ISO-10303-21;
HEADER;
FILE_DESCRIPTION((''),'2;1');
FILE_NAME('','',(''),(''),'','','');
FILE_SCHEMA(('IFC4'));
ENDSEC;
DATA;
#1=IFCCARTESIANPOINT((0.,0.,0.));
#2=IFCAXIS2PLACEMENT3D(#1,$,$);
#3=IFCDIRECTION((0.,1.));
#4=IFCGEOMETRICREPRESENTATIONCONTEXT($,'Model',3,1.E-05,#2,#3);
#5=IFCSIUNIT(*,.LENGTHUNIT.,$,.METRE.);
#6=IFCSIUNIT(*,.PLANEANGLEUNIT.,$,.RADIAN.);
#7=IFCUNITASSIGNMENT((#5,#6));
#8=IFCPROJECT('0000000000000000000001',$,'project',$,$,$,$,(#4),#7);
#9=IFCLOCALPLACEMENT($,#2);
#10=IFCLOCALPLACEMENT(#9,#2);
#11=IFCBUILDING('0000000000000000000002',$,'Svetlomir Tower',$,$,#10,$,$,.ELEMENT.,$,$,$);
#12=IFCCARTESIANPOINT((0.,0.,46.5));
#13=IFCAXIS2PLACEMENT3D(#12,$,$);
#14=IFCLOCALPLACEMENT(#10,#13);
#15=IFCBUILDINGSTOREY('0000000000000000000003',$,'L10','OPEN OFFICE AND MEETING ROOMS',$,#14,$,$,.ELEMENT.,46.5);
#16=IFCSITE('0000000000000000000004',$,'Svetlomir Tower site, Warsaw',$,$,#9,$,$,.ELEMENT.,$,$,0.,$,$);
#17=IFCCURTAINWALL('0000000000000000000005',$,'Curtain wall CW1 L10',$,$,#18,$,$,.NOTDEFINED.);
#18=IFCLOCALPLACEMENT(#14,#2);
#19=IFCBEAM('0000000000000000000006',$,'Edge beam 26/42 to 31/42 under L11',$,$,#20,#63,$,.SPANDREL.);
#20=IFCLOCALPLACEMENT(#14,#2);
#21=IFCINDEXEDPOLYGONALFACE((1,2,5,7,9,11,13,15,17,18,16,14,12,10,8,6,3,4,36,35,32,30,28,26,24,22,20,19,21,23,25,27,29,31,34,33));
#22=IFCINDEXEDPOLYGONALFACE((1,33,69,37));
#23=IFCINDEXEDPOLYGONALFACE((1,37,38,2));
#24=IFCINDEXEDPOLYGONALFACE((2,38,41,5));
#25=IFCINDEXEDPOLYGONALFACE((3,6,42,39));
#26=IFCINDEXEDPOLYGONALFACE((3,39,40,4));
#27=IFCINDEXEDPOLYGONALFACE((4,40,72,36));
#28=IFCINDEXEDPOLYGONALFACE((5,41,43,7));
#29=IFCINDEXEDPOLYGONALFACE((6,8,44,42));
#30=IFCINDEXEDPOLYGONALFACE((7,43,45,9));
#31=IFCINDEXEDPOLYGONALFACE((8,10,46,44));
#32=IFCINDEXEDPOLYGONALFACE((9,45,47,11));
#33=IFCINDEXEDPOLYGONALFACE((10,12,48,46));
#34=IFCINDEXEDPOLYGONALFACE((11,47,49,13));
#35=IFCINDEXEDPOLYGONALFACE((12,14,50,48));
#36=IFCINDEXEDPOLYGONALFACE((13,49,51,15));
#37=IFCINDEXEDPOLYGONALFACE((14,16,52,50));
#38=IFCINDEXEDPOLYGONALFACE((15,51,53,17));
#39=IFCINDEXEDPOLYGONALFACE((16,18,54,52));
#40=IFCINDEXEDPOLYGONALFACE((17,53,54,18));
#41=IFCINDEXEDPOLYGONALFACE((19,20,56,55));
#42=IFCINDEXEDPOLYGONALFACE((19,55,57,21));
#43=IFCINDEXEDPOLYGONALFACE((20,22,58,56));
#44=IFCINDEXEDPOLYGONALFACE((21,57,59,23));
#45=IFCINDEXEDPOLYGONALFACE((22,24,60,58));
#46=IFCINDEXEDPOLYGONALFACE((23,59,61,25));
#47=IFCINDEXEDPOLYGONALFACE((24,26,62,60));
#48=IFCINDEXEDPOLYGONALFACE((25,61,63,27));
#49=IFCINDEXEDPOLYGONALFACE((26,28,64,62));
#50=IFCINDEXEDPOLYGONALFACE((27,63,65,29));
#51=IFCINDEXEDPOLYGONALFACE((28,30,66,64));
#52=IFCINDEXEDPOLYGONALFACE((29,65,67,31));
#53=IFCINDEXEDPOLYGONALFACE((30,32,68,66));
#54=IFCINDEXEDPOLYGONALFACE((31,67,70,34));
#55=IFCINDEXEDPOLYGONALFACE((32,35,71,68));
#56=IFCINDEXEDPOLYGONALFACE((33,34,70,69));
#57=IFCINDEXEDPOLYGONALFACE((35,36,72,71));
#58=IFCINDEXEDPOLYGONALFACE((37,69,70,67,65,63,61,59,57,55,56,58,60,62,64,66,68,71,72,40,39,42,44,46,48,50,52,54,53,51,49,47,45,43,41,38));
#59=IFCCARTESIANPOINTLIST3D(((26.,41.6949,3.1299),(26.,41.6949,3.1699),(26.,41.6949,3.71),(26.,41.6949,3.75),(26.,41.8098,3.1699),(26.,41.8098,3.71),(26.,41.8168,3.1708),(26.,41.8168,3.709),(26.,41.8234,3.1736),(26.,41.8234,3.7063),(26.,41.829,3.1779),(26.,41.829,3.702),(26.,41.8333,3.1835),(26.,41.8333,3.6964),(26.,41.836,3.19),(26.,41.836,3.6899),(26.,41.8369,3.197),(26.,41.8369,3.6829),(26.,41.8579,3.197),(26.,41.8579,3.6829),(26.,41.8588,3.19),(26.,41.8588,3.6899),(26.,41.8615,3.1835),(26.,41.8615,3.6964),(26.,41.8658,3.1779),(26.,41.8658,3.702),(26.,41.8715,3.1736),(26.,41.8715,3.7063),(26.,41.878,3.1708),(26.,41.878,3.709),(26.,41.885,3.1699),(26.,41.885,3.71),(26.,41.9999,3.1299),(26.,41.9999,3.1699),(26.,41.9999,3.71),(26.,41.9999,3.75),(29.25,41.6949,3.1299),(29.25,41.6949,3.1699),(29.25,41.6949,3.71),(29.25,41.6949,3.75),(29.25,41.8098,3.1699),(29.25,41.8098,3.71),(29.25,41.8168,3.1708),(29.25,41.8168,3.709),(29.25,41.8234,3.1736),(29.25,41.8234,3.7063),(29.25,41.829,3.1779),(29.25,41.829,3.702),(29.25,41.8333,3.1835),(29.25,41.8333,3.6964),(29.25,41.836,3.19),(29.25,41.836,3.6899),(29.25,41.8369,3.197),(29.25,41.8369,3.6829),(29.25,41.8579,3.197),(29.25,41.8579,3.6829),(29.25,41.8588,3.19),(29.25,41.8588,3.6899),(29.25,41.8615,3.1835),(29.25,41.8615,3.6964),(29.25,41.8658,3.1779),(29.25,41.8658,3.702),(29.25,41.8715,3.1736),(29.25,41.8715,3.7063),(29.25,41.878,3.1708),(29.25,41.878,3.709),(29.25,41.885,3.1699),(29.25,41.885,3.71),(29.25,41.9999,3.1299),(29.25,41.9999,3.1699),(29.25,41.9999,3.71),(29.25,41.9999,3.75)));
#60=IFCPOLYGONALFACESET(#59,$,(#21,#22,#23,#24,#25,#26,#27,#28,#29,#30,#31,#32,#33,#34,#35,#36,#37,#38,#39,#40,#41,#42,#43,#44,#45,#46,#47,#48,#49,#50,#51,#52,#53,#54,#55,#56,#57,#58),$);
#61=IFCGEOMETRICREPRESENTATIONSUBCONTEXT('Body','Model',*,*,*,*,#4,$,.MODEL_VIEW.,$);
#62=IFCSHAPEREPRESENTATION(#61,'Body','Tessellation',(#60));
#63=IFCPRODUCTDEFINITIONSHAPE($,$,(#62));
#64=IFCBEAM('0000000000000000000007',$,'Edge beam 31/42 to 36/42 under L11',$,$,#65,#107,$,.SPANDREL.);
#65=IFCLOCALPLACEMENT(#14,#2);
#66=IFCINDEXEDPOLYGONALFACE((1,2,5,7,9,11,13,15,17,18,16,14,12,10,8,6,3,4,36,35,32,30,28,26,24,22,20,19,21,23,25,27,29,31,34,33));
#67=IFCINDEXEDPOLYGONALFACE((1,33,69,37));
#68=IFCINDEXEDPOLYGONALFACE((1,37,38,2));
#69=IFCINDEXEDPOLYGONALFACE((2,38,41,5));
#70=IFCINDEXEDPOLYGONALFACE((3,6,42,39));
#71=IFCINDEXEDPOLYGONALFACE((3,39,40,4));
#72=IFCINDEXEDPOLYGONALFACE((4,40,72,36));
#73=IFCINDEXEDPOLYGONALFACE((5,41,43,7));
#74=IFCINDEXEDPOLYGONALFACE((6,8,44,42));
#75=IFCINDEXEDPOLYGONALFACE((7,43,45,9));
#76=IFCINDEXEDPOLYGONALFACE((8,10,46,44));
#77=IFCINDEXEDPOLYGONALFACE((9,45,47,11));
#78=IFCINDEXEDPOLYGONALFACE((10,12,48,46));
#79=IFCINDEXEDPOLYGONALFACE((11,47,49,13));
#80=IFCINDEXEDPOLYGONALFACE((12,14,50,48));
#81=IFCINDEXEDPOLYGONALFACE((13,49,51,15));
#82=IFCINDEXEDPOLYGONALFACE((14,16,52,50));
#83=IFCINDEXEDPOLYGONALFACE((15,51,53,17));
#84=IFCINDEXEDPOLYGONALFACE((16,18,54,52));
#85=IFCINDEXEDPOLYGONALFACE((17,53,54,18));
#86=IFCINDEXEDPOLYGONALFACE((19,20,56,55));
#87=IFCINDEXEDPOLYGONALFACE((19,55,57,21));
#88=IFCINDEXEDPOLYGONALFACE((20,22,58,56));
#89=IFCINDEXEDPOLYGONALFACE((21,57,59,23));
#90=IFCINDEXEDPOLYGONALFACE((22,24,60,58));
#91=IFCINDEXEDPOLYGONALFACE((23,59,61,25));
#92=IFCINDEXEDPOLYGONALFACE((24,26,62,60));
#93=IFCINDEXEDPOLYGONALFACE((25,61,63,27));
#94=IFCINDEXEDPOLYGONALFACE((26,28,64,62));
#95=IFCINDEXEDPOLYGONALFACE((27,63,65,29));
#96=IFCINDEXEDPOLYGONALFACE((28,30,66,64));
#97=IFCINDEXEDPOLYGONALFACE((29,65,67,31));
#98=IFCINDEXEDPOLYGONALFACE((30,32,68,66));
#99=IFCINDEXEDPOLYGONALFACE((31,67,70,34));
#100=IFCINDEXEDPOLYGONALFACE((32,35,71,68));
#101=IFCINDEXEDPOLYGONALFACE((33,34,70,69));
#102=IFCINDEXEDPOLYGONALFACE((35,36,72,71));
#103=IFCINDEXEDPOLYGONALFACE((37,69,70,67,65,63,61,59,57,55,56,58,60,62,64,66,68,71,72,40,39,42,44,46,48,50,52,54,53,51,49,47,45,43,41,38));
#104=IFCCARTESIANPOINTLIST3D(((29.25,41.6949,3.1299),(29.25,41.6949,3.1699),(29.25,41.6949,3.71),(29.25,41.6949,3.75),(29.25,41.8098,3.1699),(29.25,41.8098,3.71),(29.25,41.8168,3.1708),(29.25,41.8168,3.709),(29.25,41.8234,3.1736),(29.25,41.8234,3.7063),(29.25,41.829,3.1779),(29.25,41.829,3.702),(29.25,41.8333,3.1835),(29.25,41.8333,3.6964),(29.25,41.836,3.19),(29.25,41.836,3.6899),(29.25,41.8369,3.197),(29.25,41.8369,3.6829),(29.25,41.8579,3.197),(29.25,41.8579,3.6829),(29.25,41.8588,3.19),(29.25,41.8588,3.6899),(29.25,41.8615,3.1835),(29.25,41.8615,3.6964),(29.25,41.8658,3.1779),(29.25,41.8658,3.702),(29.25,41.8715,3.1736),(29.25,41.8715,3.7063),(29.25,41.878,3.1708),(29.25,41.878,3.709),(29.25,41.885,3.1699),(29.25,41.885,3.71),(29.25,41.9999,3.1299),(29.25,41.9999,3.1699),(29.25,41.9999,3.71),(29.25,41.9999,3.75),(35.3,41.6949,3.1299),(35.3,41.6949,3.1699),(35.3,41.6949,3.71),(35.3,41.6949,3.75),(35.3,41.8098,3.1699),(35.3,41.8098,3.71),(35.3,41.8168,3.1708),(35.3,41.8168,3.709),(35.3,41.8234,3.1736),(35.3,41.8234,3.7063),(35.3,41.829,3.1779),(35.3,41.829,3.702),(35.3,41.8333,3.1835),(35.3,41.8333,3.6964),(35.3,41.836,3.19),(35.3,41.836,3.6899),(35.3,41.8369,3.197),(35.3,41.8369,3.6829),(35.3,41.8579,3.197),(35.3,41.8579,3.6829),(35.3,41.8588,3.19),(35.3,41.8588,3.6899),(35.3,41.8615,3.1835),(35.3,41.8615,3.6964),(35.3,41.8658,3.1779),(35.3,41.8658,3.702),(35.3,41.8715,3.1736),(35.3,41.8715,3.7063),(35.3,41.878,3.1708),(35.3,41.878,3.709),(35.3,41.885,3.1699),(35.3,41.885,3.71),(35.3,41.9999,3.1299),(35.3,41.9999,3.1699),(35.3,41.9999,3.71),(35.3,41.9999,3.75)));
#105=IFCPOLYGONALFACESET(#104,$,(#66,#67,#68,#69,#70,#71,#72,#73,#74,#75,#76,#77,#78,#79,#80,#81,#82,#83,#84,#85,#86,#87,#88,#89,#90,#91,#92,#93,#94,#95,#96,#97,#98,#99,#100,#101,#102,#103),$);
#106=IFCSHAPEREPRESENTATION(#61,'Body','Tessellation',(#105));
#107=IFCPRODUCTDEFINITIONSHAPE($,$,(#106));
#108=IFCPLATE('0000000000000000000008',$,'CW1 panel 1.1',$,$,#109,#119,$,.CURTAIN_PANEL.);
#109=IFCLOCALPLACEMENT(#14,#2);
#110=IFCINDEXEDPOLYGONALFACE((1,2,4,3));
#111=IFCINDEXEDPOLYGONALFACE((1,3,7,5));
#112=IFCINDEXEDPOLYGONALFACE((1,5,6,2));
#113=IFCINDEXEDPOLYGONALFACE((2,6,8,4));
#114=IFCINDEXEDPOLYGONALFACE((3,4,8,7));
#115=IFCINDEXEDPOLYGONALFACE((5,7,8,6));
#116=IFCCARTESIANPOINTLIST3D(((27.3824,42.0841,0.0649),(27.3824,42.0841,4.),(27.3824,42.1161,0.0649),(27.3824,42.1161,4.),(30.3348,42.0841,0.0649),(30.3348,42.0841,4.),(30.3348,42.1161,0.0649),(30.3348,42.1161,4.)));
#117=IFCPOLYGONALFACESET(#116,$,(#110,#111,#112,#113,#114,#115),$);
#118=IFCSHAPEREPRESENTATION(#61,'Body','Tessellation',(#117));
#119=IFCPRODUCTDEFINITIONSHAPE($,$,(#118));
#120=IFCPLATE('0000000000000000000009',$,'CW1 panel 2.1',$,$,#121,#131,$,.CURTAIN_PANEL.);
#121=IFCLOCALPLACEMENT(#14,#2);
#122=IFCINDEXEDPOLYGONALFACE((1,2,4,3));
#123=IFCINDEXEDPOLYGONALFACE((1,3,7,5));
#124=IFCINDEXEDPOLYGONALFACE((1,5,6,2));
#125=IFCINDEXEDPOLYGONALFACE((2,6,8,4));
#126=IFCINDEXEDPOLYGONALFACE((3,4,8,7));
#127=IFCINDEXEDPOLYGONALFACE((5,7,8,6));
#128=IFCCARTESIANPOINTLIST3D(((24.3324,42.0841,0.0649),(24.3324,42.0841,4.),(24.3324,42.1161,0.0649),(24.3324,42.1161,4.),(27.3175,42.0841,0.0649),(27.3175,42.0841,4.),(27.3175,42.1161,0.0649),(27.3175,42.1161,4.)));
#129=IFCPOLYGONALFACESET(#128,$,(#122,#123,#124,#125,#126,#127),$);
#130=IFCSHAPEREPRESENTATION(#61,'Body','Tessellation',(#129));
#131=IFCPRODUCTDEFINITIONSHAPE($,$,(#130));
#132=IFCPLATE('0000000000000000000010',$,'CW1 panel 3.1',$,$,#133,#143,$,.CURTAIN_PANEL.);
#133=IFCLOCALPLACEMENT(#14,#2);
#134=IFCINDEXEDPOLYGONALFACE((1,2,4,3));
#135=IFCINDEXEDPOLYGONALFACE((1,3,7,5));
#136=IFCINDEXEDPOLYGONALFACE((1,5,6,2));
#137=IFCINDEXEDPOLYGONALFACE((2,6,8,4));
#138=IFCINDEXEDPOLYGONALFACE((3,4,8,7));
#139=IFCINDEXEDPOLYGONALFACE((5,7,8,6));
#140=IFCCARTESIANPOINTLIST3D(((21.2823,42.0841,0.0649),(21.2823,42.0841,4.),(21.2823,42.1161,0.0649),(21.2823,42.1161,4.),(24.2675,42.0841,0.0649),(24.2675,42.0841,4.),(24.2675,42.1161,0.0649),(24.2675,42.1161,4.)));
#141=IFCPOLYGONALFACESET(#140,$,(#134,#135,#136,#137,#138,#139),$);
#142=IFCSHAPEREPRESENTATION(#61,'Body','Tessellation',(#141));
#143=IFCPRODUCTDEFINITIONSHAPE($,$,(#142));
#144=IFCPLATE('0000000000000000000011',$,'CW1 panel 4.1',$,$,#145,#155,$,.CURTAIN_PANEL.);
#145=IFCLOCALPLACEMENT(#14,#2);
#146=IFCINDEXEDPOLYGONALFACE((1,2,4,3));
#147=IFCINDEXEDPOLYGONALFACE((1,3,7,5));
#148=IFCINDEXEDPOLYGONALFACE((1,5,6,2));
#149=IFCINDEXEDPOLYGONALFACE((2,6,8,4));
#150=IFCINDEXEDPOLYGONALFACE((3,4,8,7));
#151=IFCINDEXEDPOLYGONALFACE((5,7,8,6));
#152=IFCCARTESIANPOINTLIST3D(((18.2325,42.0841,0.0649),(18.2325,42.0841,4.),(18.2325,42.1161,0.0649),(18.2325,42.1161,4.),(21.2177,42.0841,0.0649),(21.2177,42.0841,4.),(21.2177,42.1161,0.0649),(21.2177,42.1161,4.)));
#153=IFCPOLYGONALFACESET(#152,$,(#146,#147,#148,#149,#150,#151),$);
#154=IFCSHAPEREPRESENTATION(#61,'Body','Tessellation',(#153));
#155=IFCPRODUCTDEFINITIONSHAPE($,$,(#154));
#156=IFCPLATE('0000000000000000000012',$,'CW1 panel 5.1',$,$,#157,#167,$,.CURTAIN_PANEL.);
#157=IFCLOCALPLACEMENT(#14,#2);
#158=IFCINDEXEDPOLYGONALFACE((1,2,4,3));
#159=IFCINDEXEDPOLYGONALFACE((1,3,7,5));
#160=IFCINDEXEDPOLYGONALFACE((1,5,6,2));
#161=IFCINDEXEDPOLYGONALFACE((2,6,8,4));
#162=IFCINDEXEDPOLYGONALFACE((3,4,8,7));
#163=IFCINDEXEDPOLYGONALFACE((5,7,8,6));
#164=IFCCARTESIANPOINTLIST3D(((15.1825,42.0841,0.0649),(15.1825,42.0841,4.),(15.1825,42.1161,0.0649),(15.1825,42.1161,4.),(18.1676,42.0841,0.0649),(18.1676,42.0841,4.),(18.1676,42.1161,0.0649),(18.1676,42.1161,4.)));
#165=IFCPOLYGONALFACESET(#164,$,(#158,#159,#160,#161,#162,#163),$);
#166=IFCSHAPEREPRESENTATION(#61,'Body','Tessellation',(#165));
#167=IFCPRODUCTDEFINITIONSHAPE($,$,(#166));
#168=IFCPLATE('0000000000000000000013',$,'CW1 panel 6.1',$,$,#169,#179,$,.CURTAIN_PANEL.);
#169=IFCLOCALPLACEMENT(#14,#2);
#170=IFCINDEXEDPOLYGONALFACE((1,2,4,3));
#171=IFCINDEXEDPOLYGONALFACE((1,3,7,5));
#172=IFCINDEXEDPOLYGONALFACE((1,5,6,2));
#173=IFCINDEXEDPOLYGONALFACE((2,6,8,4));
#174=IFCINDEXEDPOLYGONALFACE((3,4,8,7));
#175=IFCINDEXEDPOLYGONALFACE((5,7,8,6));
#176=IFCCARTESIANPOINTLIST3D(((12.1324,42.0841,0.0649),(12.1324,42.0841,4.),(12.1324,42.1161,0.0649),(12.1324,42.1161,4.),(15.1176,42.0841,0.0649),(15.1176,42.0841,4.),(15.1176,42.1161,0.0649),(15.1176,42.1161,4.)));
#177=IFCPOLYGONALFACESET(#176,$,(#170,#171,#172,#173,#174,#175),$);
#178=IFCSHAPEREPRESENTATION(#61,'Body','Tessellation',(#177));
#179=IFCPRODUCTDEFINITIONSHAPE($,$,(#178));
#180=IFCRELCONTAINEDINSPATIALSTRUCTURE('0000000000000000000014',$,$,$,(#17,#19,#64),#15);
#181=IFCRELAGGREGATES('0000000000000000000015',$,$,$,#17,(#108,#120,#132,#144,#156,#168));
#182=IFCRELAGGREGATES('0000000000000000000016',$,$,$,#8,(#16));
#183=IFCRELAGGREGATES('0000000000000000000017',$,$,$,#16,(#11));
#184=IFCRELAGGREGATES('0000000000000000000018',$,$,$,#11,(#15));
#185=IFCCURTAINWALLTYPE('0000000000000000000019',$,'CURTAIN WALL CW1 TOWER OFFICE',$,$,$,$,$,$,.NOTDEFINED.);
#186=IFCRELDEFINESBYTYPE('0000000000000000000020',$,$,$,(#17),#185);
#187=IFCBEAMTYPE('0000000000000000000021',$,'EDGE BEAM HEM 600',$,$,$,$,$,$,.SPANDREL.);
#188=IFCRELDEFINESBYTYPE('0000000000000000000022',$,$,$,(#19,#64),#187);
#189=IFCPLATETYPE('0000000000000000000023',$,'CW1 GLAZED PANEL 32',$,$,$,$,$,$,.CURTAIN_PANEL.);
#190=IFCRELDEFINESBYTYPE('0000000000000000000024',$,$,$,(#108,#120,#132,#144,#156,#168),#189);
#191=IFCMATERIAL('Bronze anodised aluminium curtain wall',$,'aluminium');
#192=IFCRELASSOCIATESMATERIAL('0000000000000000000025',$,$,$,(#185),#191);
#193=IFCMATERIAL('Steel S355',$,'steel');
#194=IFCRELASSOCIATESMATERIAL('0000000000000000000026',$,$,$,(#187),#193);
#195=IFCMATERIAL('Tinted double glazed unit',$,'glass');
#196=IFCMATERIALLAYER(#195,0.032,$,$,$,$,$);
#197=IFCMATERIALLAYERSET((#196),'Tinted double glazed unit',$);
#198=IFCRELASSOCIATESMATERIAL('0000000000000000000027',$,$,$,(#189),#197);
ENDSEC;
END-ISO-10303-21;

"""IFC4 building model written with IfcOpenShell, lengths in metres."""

from ifc_helpers import new_model, si_unit, direction, frame, origin, origin_2d, place, context, subcontext, project, spatial, rectangle, i_section, extrude, material, layer, layer_set, material_profile, profile_set, type_object, element, aggregate, save


model = new_model("IFC4")

# Units and contexts
model_context = context("Model", 3, precision=1e-05, world=origin(), true_north=direction((0.0, 1.0)))
body_context = subcontext(model_context, "Body", "Model", "MODEL_VIEW")
ifc_project = project(units=[si_unit("LENGTHUNIT", "METRE"), si_unit("PLANEANGLEUNIT", "RADIAN")], contexts=[model_context])

# Site, building, storey
site_placement = place(None, origin())
site = spatial("IfcSite", under=ifc_project, at=site_placement, Name="Svetlomir Tower site, Warsaw", CompositionType="ELEMENT", RefElevation=0.0)
building_placement = place(site_placement, origin())
building = spatial("IfcBuilding", under=site, at=building_placement, Name="Svetlomir Tower", CompositionType="ELEMENT")
storey_placement = place(building_placement, frame((0.0, 0.0, 46.5)))
storey = spatial("IfcBuildingStorey", under=building, at=storey_placement, Name="L10", Description="OPEN OFFICE AND MEETING ROOMS", CompositionType="ELEMENT", Elevation=46.5)

# Curtain wall
ifc_material_1 = material(Name="Bronze anodised aluminium curtain wall", Category="aluminium")
curtain_wall_type = type_object("IfcCurtainWallType", Name="CURTAIN WALL CW1 TOWER OFFICE", PredefinedType="NOTDEFINED", material=ifc_material_1)
curtain_wall_placement = place(storey_placement, origin())
curtain_wall = element("IfcCurtainWall", 1, at=curtain_wall_placement, inside=storey, type_object=curtain_wall_type, Name="Curtain wall CW1 L10", PredefinedType="NOTDEFINED")

# Beams
ifc_material_2 = material(Name="Steel S355", Category="steel")
ifc_material_profile_1 = material_profile(ifc_material_2, i_section(OverallWidth=0.3049, OverallDepth=0.6201, WebThickness=0.021, FlangeThickness=0.04, FilletRadius=0.0271, at=origin_2d()), Name="HEM 600")
ifc_profile_set_1 = profile_set([ifc_material_profile_1], Name="Steel S355")
beam_type_1 = type_object("IfcBeamType", Name="EDGE BEAM HEM 600", PredefinedType="SPANDREL", material=ifc_profile_set_1)
beam_1_placement = place(storey_placement, frame((26.0, 41.8474, 3.4399), z_axis=(1.0, 0.0, 0.0), x_axis=(0.0, 1.0, 0.0)))
element("IfcBeam", 2, at=beam_1_placement, inside=storey, type_object=beam_type_1, Name="Edge beam 26/42 to 31/42 under L11", PredefinedType="SPANDREL", context=body_context, shape_type="SweptSolid", body=[
    extrude(i_section(OverallWidth=0.3049, OverallDepth=0.6201, WebThickness=0.021, FlangeThickness=0.04, FilletRadius=0.0271, at=origin_2d()), origin(), (0.0, 0.0, 1.0), 3.25),
])
beam_2_placement = place(storey_placement, frame((29.25, 41.8474, 3.4399), z_axis=(1.0, 0.0, 0.0), x_axis=(0.0, 1.0, 0.0)))
element("IfcBeam", 3, at=beam_2_placement, inside=storey, type_object=beam_type_1, Name="Edge beam 31/42 to 36/42 under L11", PredefinedType="SPANDREL", context=body_context, shape_type="SweptSolid", body=[
    extrude(i_section(OverallWidth=0.3049, OverallDepth=0.6201, WebThickness=0.021, FlangeThickness=0.04, FilletRadius=0.0271, at=origin_2d()), origin(), (0.0, 0.0, 1.0), 6.05),
])

# Plates
ifc_material_3 = material(Name="Tinted double glazed unit", Category="glass")
ifc_layer = layer(ifc_material_3, 0.032)
ifc_layer_set = layer_set([ifc_layer], Name="Tinted double glazed unit")
plate_type = type_object("IfcPlateType", Name="CW1 GLAZED PANEL 32", PredefinedType="CURTAIN_PANEL", material=ifc_layer_set)
plate_1_placement = place(storey_placement, frame((28.8586, 42.1001, 0.0649), z_axis=(0.0, 0.0, 1.0), x_axis=(-1.0, 0.0, 0.0)))
plate_1 = element("IfcPlate", 4, at=plate_1_placement, type_object=plate_type, Name="CW1 panel 1.1", PredefinedType="CURTAIN_PANEL", context=body_context, shape_type="SweptSolid", body=[
    extrude(rectangle(XDim=2.9524, YDim=0.032, at=origin_2d()), origin(), (0.0, 0.0, 1.0), 3.9351),
])
plate_2_placement = place(storey_placement, frame((25.825, 42.1001, 0.0649), z_axis=(0.0, 0.0, 1.0), x_axis=(-1.0, 0.0, 0.0)))
plate_2 = element("IfcPlate", 5, at=plate_2_placement, type_object=plate_type, Name="CW1 panel 2.1", PredefinedType="CURTAIN_PANEL", context=body_context, shape_type="SweptSolid", body=[
    extrude(rectangle(XDim=2.9851, YDim=0.032, at=origin_2d()), origin(), (0.0, 0.0, 1.0), 3.9351),
])
plate_3_placement = place(storey_placement, frame((22.7749, 42.1001, 0.0649), z_axis=(0.0, 0.0, 1.0), x_axis=(-1.0, 0.0, 0.0)))
plate_3 = element("IfcPlate", 6, at=plate_3_placement, type_object=plate_type, Name="CW1 panel 3.1", PredefinedType="CURTAIN_PANEL", context=body_context, shape_type="SweptSolid", body=[
    extrude(rectangle(XDim=2.9851, YDim=0.032, at=origin_2d()), origin(), (0.0, 0.0, 1.0), 3.9351),
])
plate_4_placement = place(storey_placement, frame((19.7251, 42.1001, 0.0649), z_axis=(0.0, 0.0, 1.0), x_axis=(-1.0, 0.0, 0.0)))
plate_4 = element("IfcPlate", 7, at=plate_4_placement, type_object=plate_type, Name="CW1 panel 4.1", PredefinedType="CURTAIN_PANEL", context=body_context, shape_type="SweptSolid", body=[
    extrude(rectangle(XDim=2.9851, YDim=0.032, at=origin_2d()), origin(), (0.0, 0.0, 1.0), 3.9351),
])
plate_5_placement = place(storey_placement, frame((16.675, 42.1001, 0.0649), z_axis=(0.0, 0.0, 1.0), x_axis=(-1.0, 0.0, 0.0)))
plate_5 = element("IfcPlate", 8, at=plate_5_placement, type_object=plate_type, Name="CW1 panel 5.1", PredefinedType="CURTAIN_PANEL", context=body_context, shape_type="SweptSolid", body=[
    extrude(rectangle(XDim=2.9851, YDim=0.032, at=origin_2d()), origin(), (0.0, 0.0, 1.0), 3.9351),
])
plate_6_placement = place(storey_placement, frame((13.625, 42.1001, 0.0649), z_axis=(0.0, 0.0, 1.0), x_axis=(-1.0, 0.0, 0.0)))
plate_6 = element("IfcPlate", 9, at=plate_6_placement, type_object=plate_type, Name="CW1 panel 6.1", PredefinedType="CURTAIN_PANEL", context=body_context, shape_type="SweptSolid", body=[
    extrude(rectangle(XDim=2.9851, YDim=0.032, at=origin_2d()), origin(), (0.0, 0.0, 1.0), 3.9351),
])
aggregate(curtain_wall, [plate_1, plate_2, plate_3, plate_4, plate_5, plate_6])

save(model, "model.ifc")
